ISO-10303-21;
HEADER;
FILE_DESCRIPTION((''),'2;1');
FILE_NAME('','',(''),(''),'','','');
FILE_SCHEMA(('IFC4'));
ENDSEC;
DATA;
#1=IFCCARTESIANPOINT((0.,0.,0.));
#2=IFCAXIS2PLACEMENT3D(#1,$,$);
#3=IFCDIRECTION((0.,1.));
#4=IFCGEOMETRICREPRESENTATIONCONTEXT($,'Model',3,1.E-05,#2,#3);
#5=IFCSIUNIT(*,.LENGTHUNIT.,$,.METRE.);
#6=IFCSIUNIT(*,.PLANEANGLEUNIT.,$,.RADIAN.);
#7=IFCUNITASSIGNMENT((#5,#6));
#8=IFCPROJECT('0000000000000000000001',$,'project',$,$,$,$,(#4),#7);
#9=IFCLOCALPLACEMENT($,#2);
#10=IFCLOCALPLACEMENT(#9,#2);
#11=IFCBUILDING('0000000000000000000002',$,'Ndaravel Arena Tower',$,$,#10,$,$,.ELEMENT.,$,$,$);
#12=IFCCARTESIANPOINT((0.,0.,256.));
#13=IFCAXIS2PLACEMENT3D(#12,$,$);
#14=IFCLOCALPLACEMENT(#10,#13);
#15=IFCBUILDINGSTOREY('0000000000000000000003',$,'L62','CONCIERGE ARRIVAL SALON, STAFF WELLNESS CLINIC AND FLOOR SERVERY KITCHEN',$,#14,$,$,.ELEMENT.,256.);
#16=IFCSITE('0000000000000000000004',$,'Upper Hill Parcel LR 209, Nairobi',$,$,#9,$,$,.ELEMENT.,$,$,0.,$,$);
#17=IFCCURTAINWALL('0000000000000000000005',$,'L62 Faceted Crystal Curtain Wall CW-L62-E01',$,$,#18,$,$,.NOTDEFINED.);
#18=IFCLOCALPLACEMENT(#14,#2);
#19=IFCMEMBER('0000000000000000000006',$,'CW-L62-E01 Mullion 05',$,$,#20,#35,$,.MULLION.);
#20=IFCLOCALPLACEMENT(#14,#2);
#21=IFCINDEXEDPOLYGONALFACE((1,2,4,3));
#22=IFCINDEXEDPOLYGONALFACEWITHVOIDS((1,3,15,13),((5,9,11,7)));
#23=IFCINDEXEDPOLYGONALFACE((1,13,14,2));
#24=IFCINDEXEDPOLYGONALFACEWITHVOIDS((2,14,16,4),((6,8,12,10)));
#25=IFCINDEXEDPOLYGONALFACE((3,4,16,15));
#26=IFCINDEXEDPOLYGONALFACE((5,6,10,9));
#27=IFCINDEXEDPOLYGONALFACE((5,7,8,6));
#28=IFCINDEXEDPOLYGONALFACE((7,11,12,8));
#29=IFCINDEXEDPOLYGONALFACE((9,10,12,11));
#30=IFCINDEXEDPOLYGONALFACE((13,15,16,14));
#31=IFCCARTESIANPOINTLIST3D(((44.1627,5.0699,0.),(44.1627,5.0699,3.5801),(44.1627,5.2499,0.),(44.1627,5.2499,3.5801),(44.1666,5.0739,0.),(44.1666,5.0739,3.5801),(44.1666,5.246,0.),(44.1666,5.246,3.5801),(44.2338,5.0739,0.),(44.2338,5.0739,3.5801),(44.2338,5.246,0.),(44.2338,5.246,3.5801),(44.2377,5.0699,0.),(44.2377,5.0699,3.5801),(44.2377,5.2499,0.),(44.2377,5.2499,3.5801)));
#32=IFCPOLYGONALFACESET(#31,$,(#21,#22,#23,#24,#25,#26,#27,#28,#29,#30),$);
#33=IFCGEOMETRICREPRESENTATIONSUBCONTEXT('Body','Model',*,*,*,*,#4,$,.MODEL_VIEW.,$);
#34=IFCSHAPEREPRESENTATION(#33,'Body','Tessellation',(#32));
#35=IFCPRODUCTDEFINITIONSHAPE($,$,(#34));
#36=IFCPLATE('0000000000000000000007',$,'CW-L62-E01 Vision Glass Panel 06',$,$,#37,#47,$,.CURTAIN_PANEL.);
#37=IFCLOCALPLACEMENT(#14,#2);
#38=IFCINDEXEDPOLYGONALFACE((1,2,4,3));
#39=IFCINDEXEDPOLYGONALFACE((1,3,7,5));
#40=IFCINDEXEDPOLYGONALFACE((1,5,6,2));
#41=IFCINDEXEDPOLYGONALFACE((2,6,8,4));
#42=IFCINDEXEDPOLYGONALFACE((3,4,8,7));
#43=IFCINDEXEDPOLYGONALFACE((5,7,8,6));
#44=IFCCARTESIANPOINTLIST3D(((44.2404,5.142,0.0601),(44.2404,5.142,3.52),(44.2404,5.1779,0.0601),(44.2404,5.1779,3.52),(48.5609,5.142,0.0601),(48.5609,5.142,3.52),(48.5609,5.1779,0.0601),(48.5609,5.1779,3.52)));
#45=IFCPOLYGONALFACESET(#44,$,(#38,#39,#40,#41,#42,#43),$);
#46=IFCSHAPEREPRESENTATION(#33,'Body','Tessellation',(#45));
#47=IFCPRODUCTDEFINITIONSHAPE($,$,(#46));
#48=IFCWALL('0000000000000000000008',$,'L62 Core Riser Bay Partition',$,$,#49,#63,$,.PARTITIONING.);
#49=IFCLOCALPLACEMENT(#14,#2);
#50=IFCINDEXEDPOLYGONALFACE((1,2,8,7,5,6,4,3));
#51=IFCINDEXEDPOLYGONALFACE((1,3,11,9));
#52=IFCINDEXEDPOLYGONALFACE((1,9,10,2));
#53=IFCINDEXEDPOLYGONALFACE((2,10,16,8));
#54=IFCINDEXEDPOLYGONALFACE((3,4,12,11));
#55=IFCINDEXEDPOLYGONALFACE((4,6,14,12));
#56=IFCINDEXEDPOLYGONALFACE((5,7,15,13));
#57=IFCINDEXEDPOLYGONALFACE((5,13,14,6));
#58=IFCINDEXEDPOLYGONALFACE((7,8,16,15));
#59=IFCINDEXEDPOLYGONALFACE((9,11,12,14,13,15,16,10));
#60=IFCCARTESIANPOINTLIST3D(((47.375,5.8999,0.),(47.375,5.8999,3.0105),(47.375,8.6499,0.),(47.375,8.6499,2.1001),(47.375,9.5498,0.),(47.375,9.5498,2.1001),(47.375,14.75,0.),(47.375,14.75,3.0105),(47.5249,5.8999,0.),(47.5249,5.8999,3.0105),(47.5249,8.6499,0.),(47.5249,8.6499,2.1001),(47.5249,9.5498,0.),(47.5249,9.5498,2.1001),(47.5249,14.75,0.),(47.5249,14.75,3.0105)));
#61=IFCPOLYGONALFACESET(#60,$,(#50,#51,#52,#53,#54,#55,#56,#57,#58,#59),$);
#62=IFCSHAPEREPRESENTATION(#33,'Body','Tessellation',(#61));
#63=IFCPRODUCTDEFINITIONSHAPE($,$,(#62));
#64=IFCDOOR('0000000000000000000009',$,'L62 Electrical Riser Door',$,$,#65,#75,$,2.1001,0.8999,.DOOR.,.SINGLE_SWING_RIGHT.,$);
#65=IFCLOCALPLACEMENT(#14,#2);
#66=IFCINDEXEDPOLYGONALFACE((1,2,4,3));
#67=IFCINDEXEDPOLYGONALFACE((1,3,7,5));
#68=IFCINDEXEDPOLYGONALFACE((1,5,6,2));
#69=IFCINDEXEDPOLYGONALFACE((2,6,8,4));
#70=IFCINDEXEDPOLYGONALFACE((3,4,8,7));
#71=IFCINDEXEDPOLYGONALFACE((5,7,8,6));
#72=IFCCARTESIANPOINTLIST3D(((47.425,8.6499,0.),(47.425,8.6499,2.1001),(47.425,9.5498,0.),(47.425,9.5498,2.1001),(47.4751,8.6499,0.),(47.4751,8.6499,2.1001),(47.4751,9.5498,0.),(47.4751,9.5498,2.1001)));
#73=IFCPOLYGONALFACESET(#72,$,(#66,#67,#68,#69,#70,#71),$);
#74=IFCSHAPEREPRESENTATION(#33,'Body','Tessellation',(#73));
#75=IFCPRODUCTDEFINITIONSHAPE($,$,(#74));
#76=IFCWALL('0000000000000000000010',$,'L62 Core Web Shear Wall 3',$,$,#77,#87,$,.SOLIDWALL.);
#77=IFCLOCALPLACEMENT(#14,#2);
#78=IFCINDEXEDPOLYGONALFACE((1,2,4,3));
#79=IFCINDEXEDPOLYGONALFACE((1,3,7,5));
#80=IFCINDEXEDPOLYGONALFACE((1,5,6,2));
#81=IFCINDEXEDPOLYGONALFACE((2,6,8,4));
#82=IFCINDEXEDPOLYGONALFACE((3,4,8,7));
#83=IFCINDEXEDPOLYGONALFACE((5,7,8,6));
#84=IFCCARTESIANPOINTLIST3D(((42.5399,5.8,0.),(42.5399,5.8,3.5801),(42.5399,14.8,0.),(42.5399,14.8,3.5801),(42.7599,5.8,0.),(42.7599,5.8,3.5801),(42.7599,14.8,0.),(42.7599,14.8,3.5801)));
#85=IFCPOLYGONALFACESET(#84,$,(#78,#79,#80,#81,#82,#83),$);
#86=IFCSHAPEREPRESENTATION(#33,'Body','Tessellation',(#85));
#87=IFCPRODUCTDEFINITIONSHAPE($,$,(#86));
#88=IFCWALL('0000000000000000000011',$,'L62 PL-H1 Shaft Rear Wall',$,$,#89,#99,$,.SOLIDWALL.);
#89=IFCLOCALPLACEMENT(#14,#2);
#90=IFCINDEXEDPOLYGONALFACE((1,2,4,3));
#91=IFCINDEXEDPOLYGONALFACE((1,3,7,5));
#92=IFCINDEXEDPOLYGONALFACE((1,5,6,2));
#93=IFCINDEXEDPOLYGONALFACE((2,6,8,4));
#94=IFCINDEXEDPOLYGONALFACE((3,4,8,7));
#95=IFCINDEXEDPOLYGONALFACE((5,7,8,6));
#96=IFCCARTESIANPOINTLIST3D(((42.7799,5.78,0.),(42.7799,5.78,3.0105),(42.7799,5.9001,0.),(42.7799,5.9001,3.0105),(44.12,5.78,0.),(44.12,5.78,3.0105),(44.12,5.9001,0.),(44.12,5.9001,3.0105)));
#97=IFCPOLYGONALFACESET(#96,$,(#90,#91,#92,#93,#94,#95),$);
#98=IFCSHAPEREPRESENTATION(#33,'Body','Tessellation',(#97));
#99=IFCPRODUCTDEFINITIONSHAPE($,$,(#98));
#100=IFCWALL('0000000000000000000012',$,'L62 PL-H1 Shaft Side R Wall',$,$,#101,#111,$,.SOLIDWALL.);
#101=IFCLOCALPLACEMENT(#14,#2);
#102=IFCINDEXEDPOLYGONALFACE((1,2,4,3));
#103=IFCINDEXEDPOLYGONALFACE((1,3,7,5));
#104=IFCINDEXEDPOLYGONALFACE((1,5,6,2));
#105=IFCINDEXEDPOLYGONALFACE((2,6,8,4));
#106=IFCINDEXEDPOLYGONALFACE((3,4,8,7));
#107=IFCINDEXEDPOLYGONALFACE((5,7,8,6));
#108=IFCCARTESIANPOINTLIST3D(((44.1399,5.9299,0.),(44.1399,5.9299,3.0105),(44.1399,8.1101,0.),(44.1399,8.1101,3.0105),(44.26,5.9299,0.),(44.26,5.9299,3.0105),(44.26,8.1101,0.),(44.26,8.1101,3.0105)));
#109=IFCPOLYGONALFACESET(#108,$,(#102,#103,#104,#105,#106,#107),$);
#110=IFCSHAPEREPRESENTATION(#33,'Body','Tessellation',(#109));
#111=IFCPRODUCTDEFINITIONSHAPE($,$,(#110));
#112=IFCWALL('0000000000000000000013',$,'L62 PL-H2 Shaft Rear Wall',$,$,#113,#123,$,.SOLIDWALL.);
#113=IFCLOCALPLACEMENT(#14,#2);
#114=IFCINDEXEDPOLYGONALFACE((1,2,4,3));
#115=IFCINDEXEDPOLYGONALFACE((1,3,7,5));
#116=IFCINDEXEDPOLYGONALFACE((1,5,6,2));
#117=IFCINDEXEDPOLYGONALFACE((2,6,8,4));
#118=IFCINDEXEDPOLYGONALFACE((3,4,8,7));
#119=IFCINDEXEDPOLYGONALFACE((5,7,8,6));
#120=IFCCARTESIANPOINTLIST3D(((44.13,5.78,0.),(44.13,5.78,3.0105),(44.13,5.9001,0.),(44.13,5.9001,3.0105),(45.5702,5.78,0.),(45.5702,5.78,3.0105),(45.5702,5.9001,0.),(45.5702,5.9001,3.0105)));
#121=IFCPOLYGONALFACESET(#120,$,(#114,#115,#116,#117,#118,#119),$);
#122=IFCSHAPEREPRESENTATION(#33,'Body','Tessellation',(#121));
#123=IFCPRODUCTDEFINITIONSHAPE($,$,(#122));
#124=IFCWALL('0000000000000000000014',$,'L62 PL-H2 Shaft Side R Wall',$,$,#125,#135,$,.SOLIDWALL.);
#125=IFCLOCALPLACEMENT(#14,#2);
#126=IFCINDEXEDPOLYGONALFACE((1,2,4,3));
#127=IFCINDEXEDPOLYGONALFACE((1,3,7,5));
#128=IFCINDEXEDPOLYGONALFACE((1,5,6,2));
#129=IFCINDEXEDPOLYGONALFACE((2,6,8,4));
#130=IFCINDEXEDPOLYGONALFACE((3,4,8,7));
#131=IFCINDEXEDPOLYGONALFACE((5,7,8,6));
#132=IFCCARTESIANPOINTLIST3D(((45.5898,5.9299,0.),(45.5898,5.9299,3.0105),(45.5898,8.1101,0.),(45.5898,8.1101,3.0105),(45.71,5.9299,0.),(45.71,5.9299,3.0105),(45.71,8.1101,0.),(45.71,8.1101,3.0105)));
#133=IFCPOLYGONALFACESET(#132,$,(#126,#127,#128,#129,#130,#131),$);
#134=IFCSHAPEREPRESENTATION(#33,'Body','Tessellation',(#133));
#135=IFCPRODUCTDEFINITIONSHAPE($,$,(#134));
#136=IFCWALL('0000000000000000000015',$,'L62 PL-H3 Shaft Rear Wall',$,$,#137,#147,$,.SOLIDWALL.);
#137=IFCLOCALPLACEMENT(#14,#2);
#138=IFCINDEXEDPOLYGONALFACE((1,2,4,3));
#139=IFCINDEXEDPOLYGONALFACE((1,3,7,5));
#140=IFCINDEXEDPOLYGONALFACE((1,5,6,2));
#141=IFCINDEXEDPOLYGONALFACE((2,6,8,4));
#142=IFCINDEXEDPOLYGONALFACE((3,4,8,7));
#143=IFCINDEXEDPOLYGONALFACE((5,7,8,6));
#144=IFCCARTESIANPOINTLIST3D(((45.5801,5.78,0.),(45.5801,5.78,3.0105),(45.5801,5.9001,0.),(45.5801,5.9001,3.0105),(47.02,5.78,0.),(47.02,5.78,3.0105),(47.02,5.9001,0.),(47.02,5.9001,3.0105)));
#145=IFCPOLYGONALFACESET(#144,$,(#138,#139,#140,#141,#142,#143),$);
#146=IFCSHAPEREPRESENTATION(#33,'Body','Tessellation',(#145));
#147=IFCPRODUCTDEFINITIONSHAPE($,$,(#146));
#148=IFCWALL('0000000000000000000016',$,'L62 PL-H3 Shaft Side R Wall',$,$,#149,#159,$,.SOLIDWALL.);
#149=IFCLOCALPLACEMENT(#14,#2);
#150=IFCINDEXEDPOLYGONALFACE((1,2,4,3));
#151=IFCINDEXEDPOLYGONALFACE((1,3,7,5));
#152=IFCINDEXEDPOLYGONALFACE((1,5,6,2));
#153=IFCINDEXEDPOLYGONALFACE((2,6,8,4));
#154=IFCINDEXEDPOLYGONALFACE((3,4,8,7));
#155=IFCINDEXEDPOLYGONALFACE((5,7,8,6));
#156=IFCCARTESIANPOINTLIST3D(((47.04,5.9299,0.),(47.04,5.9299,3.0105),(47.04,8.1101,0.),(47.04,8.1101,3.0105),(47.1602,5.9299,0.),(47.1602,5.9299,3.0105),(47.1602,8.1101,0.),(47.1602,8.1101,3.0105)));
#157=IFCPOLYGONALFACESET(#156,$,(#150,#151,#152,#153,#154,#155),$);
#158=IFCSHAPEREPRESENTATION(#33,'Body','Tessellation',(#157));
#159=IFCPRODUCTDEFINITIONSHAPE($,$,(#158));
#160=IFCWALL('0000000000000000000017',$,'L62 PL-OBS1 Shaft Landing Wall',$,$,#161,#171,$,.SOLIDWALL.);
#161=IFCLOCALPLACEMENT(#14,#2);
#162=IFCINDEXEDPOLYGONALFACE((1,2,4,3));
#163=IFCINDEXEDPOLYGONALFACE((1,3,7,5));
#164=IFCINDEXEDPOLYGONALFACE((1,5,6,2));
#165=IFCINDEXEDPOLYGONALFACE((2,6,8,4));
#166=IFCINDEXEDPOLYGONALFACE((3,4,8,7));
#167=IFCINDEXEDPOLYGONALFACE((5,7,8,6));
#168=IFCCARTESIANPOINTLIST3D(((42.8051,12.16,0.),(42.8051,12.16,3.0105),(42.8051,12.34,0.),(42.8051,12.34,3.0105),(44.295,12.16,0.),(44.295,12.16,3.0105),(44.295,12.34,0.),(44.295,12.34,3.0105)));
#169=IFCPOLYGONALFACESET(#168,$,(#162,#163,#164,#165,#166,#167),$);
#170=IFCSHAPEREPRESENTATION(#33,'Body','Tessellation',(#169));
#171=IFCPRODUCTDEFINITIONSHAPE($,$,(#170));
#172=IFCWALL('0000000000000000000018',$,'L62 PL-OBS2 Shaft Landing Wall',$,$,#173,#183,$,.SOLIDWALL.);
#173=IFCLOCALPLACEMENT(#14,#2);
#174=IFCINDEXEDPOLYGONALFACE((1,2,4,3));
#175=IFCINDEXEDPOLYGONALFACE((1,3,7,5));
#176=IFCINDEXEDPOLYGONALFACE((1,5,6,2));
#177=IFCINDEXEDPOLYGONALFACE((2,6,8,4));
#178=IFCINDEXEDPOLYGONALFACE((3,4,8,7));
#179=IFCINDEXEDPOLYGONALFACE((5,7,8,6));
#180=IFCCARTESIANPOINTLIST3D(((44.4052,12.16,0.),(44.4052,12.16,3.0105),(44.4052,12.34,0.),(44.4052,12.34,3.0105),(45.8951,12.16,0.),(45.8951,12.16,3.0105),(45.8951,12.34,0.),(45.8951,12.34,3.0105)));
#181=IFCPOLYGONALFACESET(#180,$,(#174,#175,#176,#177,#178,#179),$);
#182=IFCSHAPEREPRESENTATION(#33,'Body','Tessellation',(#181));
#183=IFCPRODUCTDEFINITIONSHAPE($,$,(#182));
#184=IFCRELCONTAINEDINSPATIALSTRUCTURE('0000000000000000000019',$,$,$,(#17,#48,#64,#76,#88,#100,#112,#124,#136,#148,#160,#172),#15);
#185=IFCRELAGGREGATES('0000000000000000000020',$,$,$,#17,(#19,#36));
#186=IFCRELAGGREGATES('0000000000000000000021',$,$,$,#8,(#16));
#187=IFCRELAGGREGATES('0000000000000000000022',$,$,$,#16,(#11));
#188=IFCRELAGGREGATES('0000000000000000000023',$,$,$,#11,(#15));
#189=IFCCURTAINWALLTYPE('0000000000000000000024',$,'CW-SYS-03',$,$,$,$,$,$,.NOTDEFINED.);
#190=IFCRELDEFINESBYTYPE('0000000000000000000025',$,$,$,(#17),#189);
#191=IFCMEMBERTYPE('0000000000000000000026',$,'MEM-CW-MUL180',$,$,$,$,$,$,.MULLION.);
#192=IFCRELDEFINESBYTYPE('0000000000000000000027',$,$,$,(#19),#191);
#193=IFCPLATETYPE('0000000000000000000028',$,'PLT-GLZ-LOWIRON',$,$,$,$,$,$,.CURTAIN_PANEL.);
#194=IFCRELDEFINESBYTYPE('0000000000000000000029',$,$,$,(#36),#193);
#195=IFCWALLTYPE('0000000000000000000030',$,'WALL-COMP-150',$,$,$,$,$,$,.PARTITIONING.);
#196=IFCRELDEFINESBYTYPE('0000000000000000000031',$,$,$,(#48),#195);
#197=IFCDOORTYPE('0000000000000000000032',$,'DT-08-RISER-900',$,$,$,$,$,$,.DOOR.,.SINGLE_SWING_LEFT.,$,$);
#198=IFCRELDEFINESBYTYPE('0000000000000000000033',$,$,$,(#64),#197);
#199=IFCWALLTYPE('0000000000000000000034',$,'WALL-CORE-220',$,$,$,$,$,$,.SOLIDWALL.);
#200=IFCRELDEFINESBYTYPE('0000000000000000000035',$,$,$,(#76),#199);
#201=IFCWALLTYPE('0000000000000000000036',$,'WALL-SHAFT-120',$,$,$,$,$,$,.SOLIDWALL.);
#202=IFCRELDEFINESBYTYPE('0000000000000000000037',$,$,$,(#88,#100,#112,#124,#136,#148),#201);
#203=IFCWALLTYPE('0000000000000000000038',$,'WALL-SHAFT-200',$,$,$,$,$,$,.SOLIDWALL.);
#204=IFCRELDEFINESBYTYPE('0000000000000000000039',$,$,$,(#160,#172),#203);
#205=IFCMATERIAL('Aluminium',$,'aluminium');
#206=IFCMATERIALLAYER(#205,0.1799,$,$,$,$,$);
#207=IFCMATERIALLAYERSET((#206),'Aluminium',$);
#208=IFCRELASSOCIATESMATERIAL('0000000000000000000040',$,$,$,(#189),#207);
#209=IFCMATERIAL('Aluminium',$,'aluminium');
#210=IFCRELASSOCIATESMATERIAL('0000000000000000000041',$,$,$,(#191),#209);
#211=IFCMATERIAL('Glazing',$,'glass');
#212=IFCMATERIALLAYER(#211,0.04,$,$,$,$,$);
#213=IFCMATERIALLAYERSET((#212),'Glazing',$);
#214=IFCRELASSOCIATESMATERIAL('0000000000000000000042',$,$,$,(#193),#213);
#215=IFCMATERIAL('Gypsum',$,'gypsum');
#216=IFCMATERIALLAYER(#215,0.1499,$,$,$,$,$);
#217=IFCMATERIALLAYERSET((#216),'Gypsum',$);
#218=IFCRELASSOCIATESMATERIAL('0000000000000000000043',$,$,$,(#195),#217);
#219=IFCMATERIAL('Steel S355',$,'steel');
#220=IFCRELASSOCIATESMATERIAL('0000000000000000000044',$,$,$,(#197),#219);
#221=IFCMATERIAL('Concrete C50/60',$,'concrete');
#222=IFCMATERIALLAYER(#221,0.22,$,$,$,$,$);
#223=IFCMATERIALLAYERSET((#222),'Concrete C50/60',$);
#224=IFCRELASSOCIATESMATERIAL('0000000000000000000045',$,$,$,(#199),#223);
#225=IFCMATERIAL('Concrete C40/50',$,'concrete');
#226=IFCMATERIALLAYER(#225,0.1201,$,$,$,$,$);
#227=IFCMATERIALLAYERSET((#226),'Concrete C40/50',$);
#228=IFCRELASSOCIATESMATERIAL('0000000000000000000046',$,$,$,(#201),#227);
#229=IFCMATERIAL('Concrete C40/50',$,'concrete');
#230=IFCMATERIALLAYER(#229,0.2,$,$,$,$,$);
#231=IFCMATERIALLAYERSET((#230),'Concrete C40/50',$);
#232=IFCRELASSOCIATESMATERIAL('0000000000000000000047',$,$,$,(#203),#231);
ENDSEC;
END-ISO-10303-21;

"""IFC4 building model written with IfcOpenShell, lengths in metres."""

from ifc_helpers import new_model, si_unit, direction, frame, frame_2d, origin, origin_2d, place, context, subcontext, project, spatial, rectangle, hollow_rectangle, extrude, material, layer, layer_set, material_profile, profile_set, type_object, element, fill, aggregate, save


model = new_model("IFC4")

# Units and contexts
model_context = context("Model", 3, precision=1e-05, world=origin(), true_north=direction((0.0, 1.0)))
body_context = subcontext(model_context, "Body", "Model", "MODEL_VIEW")
ifc_project = project(units=[si_unit("LENGTHUNIT", "METRE"), si_unit("PLANEANGLEUNIT", "RADIAN")], contexts=[model_context])

# Site, building, storey
site_placement = place(None, origin())
site = spatial("IfcSite", under=ifc_project, at=site_placement, Name="Upper Hill Parcel LR 209, Nairobi", CompositionType="ELEMENT", RefElevation=0.0)
building_placement = place(site_placement, origin())
building = spatial("IfcBuilding", under=site, at=building_placement, Name="Ndaravel Arena Tower", CompositionType="ELEMENT")
storey_placement = place(building_placement, frame((0.0, 0.0, 256.0)))
storey = spatial("IfcBuildingStorey", under=building, at=storey_placement, Name="L62", Description="CONCIERGE ARRIVAL SALON, STAFF WELLNESS CLINIC AND FLOOR SERVERY KITCHEN", CompositionType="ELEMENT", Elevation=256.0)

# Curtain wall, member, plate
ifc_material_1 = material(Name="Aluminium", Category="aluminium")
ifc_layer_1 = layer(ifc_material_1, 0.1799)
ifc_layer_set_1 = layer_set([ifc_layer_1], Name="Aluminium")
curtain_wall_type = type_object("IfcCurtainWallType", Name="CW-SYS-03", PredefinedType="NOTDEFINED", material=ifc_layer_set_1)
curtain_wall_placement = place(storey_placement, origin())
curtain_wall = element("IfcCurtainWall", 1, at=curtain_wall_placement, inside=storey, type_object=curtain_wall_type, Name="L62 Faceted Crystal Curtain Wall CW-L62-E01", PredefinedType="NOTDEFINED")
ifc_material_2 = material(Name="Aluminium", Category="aluminium")
ifc_material_profile = material_profile(ifc_material_2, hollow_rectangle(XDim=0.075, YDim=0.1799, WallThickness=0.0039, at=origin_2d()), Name="CW MULLION 75x180x4")
ifc_profile_set = profile_set([ifc_material_profile], Name="Aluminium")
member_type = type_object("IfcMemberType", Name="MEM-CW-MUL180", PredefinedType="MULLION", material=ifc_profile_set)
member_placement = place(storey_placement, frame((44.2002, 5.1599, 0.0), z_axis=(0.0, 0.0, 1.0), x_axis=(1.0, 0.0, 0.0)))
member = element("IfcMember", 2, at=member_placement, type_object=member_type, Name="CW-L62-E01 Mullion 05", PredefinedType="MULLION", context=body_context, shape_type="SweptSolid", body=[
    extrude(hollow_rectangle(XDim=0.075, YDim=0.1799, WallThickness=0.0039, at=origin_2d()), origin(), (0.0, 0.0, 1.0), 3.5801),
])
ifc_material_3 = material(Name="Glazing", Category="glass")
ifc_layer_2 = layer(ifc_material_3, 0.04)
ifc_layer_set_2 = layer_set([ifc_layer_2], Name="Glazing")
plate_type = type_object("IfcPlateType", Name="PLT-GLZ-LOWIRON", PredefinedType="CURTAIN_PANEL", material=ifc_layer_set_2)
plate_placement = place(storey_placement, frame((46.4006, 5.1599, 0.0601), z_axis=(0.0, 0.0, 1.0), x_axis=(1.0, 0.0, 0.0)))
plate = element("IfcPlate", 3, at=plate_placement, type_object=plate_type, Name="CW-L62-E01 Vision Glass Panel 06", PredefinedType="CURTAIN_PANEL", context=body_context, shape_type="SweptSolid", body=[
    extrude(rectangle(XDim=4.3206, YDim=0.0359, at=origin_2d()), origin(), (0.0, 0.0, 1.0), 3.46),
])
aggregate(curtain_wall, [member, plate])

# Wall, opening, door
ifc_material_4 = material(Name="Gypsum", Category="gypsum")
ifc_layer_3 = layer(ifc_material_4, 0.1499)
ifc_layer_set_3 = layer_set([ifc_layer_3], Name="Gypsum")
wall_type_1 = type_object("IfcWallType", Name="WALL-COMP-150", PredefinedType="PARTITIONING", material=ifc_layer_set_3)
wall_1_placement = place(storey_placement, frame((47.45, 5.8999, 0.0), z_axis=(0.0, 0.0, 1.0), x_axis=(0.0, 1.0, 0.0)))
wall_1 = element("IfcWall", 4, at=wall_1_placement, inside=storey, type_object=wall_type_1, Name="L62 Core Riser Bay Partition", PredefinedType="PARTITIONING", context=body_context, shape_type="SweptSolid", body=[
    extrude(rectangle(XDim=8.8501, YDim=0.1499, at=frame_2d((4.425, 0.0))), origin(), (0.0, 0.0, 1.0), 3.0105),
])
opening_1_placement = place(wall_1_placement, frame((2.75, 0.0, 0.0)))
opening_1 = element("IfcOpeningElement", 5, at=opening_1_placement, cuts=wall_1, PredefinedType="OPENING", context=body_context, shape_type="SweptSolid", body=[
    extrude(rectangle(XDim=0.8999, YDim=2.1001, at=frame_2d((0.45, 1.05))), frame((0.0, 0.075, 0.0), z_axis=(0.0, -1.0, 0.0), x_axis=(1.0, 0.0, 0.0)), (0.0, 0.0, 1.0), 0.1499),
])
ifc_material_5 = material(Name="Steel S355", Category="steel")
door_type_1 = type_object("IfcDoorType", Name="DT-08-RISER-900", OperationType="SINGLE_SWING_LEFT", PredefinedType="DOOR", material=ifc_material_5)
door_1_placement = place(opening_1_placement, origin())
door_1 = element("IfcDoor", 6, at=door_1_placement, inside=storey, type_object=door_type_1, Name="L62 Electrical Riser Door", OperationType="SINGLE_SWING_RIGHT", OverallHeight=2.1001, OverallWidth=0.8999, PredefinedType="DOOR", context=body_context, shape_type="SweptSolid", body=[
    extrude(rectangle(XDim=0.8999, YDim=2.1001, at=frame_2d((0.45, 1.05))), frame((0.0, 0.0249, 0.0), z_axis=(0.0, -1.0, 0.0), x_axis=(1.0, 0.0, 0.0)), (0.0, 0.0, 1.0), 0.05),
])
fill(opening_1, door_1)

# Walls
ifc_material_6 = material(Name="Concrete C50/60", Category="concrete")
ifc_layer_4 = layer(ifc_material_6, 0.22)
ifc_layer_set_4 = layer_set([ifc_layer_4], Name="Concrete C50/60")
wall_type_2 = type_object("IfcWallType", Name="WALL-CORE-220", PredefinedType="SOLIDWALL", material=ifc_layer_set_4)
wall_2_placement = place(storey_placement, frame((42.6499, 5.8, 0.0), z_axis=(0.0, 0.0, 1.0), x_axis=(0.0, 1.0, 0.0)))
element("IfcWall", 7, at=wall_2_placement, inside=storey, type_object=wall_type_2, Name="L62 Core Web Shear Wall 3", PredefinedType="SOLIDWALL", context=body_context, shape_type="SweptSolid", body=[
    extrude(rectangle(XDim=9.0, YDim=0.22, at=frame_2d((4.5, 0.0))), origin(), (0.0, 0.0, 1.0), 3.5801),
])
ifc_material_7 = material(Name="Concrete C40/50", Category="concrete")
ifc_layer_5 = layer(ifc_material_7, 0.1201)
ifc_layer_set_5 = layer_set([ifc_layer_5], Name="Concrete C40/50")
wall_type_3 = type_object("IfcWallType", Name="WALL-SHAFT-120", PredefinedType="SOLIDWALL", material=ifc_layer_set_5)
wall_3_placement = place(storey_placement, frame((42.78, 5.8401, 0.0), z_axis=(0.0, 0.0, 1.0), x_axis=(1.0, 0.0, 0.0)))
element("IfcWall", 8, at=wall_3_placement, inside=storey, type_object=wall_type_3, Name="L62 PL-H1 Shaft Rear Wall", PredefinedType="SOLIDWALL", context=body_context, shape_type="SweptSolid", body=[
    extrude(rectangle(XDim=1.3401, YDim=0.1201, at=frame_2d((0.6699, 0.0))), origin(), (0.0, 0.0, 1.0), 3.0105),
])
wall_4_placement = place(storey_placement, frame((44.2, 5.9299, 0.0), z_axis=(0.0, 0.0, 1.0), x_axis=(0.0, 1.0, 0.0)))
element("IfcWall", 9, at=wall_4_placement, inside=storey, type_object=wall_type_3, Name="L62 PL-H1 Shaft Side R Wall", PredefinedType="SOLIDWALL", context=body_context, shape_type="SweptSolid", body=[
    extrude(rectangle(XDim=2.1802, YDim=0.1201, at=frame_2d((1.0901, 0.0))), origin(), (0.0, 0.0, 1.0), 3.0105),
])
wall_5_placement = place(storey_placement, frame((44.1299, 5.8401, 0.0), z_axis=(0.0, 0.0, 1.0), x_axis=(1.0, 0.0, 0.0)))
element("IfcWall", 10, at=wall_5_placement, inside=storey, type_object=wall_type_3, Name="L62 PL-H2 Shaft Rear Wall", PredefinedType="SOLIDWALL", context=body_context, shape_type="SweptSolid", body=[
    extrude(rectangle(XDim=1.4402, YDim=0.1201, at=frame_2d((0.7202, 0.0))), origin(), (0.0, 0.0, 1.0), 3.0105),
])
wall_6_placement = place(storey_placement, frame((45.6499, 5.9299, 0.0), z_axis=(0.0, 0.0, 1.0), x_axis=(0.0, 1.0, 0.0)))
element("IfcWall", 11, at=wall_6_placement, inside=storey, type_object=wall_type_3, Name="L62 PL-H2 Shaft Side R Wall", PredefinedType="SOLIDWALL", context=body_context, shape_type="SweptSolid", body=[
    extrude(rectangle(XDim=2.1802, YDim=0.1201, at=frame_2d((1.0901, 0.0))), origin(), (0.0, 0.0, 1.0), 3.0105),
])
wall_7_placement = place(storey_placement, frame((45.5801, 5.8401, 0.0), z_axis=(0.0, 0.0, 1.0), x_axis=(1.0, 0.0, 0.0)))
element("IfcWall", 12, at=wall_7_placement, inside=storey, type_object=wall_type_3, Name="L62 PL-H3 Shaft Rear Wall", PredefinedType="SOLIDWALL", context=body_context, shape_type="SweptSolid", body=[
    extrude(rectangle(XDim=1.4399, YDim=0.1201, at=frame_2d((0.72, 0.0))), origin(), (0.0, 0.0, 1.0), 3.0105),
])
wall_8_placement = place(storey_placement, frame((47.1001, 5.9299, 0.0), z_axis=(0.0, 0.0, 1.0), x_axis=(0.0, 1.0, 0.0)))
element("IfcWall", 13, at=wall_8_placement, inside=storey, type_object=wall_type_3, Name="L62 PL-H3 Shaft Side R Wall", PredefinedType="SOLIDWALL", context=body_context, shape_type="SweptSolid", body=[
    extrude(rectangle(XDim=2.1802, YDim=0.1201, at=frame_2d((1.0901, 0.0))), origin(), (0.0, 0.0, 1.0), 3.0105),
])

# Shared definitions
ifc_material_8 = material(Name="Concrete C40/50", Category="concrete")
ifc_layer_6 = layer(ifc_material_8, 0.2)
ifc_layer_set_6 = layer_set([ifc_layer_6], Name="Concrete C40/50")
wall_type_4 = type_object("IfcWallType", Name="WALL-SHAFT-200", PredefinedType="SOLIDWALL", material=ifc_layer_set_6)

# Walls
for number, where, z_axis, x_axis, name in (
    (14, (42.8049, 12.25, 0.0), (0.0, 0.0, 1.0), (1.0, 0.0, 0.0), "L62 PL-OBS1 Shaft Landing Wall"),
    (15, (44.405, 12.25, 0.0), (0.0, 0.0, 1.0), (1.0, 0.0, 0.0), "L62 PL-OBS2 Shaft Landing Wall"),
):
    element("IfcWall", number, at=place(storey_placement, frame(where, z_axis=z_axis, x_axis=x_axis)), inside=storey, type_object=wall_type_4, Name=name, PredefinedType="SOLIDWALL", context=body_context, shape_type="SweptSolid", body=[
        extrude(rectangle(XDim=1.49, YDim=0.1799, at=frame_2d((0.7451, 0.0))), origin(), (0.0, 0.0, 1.0), 3.0105),
    ])

save(model, "model.ifc")
